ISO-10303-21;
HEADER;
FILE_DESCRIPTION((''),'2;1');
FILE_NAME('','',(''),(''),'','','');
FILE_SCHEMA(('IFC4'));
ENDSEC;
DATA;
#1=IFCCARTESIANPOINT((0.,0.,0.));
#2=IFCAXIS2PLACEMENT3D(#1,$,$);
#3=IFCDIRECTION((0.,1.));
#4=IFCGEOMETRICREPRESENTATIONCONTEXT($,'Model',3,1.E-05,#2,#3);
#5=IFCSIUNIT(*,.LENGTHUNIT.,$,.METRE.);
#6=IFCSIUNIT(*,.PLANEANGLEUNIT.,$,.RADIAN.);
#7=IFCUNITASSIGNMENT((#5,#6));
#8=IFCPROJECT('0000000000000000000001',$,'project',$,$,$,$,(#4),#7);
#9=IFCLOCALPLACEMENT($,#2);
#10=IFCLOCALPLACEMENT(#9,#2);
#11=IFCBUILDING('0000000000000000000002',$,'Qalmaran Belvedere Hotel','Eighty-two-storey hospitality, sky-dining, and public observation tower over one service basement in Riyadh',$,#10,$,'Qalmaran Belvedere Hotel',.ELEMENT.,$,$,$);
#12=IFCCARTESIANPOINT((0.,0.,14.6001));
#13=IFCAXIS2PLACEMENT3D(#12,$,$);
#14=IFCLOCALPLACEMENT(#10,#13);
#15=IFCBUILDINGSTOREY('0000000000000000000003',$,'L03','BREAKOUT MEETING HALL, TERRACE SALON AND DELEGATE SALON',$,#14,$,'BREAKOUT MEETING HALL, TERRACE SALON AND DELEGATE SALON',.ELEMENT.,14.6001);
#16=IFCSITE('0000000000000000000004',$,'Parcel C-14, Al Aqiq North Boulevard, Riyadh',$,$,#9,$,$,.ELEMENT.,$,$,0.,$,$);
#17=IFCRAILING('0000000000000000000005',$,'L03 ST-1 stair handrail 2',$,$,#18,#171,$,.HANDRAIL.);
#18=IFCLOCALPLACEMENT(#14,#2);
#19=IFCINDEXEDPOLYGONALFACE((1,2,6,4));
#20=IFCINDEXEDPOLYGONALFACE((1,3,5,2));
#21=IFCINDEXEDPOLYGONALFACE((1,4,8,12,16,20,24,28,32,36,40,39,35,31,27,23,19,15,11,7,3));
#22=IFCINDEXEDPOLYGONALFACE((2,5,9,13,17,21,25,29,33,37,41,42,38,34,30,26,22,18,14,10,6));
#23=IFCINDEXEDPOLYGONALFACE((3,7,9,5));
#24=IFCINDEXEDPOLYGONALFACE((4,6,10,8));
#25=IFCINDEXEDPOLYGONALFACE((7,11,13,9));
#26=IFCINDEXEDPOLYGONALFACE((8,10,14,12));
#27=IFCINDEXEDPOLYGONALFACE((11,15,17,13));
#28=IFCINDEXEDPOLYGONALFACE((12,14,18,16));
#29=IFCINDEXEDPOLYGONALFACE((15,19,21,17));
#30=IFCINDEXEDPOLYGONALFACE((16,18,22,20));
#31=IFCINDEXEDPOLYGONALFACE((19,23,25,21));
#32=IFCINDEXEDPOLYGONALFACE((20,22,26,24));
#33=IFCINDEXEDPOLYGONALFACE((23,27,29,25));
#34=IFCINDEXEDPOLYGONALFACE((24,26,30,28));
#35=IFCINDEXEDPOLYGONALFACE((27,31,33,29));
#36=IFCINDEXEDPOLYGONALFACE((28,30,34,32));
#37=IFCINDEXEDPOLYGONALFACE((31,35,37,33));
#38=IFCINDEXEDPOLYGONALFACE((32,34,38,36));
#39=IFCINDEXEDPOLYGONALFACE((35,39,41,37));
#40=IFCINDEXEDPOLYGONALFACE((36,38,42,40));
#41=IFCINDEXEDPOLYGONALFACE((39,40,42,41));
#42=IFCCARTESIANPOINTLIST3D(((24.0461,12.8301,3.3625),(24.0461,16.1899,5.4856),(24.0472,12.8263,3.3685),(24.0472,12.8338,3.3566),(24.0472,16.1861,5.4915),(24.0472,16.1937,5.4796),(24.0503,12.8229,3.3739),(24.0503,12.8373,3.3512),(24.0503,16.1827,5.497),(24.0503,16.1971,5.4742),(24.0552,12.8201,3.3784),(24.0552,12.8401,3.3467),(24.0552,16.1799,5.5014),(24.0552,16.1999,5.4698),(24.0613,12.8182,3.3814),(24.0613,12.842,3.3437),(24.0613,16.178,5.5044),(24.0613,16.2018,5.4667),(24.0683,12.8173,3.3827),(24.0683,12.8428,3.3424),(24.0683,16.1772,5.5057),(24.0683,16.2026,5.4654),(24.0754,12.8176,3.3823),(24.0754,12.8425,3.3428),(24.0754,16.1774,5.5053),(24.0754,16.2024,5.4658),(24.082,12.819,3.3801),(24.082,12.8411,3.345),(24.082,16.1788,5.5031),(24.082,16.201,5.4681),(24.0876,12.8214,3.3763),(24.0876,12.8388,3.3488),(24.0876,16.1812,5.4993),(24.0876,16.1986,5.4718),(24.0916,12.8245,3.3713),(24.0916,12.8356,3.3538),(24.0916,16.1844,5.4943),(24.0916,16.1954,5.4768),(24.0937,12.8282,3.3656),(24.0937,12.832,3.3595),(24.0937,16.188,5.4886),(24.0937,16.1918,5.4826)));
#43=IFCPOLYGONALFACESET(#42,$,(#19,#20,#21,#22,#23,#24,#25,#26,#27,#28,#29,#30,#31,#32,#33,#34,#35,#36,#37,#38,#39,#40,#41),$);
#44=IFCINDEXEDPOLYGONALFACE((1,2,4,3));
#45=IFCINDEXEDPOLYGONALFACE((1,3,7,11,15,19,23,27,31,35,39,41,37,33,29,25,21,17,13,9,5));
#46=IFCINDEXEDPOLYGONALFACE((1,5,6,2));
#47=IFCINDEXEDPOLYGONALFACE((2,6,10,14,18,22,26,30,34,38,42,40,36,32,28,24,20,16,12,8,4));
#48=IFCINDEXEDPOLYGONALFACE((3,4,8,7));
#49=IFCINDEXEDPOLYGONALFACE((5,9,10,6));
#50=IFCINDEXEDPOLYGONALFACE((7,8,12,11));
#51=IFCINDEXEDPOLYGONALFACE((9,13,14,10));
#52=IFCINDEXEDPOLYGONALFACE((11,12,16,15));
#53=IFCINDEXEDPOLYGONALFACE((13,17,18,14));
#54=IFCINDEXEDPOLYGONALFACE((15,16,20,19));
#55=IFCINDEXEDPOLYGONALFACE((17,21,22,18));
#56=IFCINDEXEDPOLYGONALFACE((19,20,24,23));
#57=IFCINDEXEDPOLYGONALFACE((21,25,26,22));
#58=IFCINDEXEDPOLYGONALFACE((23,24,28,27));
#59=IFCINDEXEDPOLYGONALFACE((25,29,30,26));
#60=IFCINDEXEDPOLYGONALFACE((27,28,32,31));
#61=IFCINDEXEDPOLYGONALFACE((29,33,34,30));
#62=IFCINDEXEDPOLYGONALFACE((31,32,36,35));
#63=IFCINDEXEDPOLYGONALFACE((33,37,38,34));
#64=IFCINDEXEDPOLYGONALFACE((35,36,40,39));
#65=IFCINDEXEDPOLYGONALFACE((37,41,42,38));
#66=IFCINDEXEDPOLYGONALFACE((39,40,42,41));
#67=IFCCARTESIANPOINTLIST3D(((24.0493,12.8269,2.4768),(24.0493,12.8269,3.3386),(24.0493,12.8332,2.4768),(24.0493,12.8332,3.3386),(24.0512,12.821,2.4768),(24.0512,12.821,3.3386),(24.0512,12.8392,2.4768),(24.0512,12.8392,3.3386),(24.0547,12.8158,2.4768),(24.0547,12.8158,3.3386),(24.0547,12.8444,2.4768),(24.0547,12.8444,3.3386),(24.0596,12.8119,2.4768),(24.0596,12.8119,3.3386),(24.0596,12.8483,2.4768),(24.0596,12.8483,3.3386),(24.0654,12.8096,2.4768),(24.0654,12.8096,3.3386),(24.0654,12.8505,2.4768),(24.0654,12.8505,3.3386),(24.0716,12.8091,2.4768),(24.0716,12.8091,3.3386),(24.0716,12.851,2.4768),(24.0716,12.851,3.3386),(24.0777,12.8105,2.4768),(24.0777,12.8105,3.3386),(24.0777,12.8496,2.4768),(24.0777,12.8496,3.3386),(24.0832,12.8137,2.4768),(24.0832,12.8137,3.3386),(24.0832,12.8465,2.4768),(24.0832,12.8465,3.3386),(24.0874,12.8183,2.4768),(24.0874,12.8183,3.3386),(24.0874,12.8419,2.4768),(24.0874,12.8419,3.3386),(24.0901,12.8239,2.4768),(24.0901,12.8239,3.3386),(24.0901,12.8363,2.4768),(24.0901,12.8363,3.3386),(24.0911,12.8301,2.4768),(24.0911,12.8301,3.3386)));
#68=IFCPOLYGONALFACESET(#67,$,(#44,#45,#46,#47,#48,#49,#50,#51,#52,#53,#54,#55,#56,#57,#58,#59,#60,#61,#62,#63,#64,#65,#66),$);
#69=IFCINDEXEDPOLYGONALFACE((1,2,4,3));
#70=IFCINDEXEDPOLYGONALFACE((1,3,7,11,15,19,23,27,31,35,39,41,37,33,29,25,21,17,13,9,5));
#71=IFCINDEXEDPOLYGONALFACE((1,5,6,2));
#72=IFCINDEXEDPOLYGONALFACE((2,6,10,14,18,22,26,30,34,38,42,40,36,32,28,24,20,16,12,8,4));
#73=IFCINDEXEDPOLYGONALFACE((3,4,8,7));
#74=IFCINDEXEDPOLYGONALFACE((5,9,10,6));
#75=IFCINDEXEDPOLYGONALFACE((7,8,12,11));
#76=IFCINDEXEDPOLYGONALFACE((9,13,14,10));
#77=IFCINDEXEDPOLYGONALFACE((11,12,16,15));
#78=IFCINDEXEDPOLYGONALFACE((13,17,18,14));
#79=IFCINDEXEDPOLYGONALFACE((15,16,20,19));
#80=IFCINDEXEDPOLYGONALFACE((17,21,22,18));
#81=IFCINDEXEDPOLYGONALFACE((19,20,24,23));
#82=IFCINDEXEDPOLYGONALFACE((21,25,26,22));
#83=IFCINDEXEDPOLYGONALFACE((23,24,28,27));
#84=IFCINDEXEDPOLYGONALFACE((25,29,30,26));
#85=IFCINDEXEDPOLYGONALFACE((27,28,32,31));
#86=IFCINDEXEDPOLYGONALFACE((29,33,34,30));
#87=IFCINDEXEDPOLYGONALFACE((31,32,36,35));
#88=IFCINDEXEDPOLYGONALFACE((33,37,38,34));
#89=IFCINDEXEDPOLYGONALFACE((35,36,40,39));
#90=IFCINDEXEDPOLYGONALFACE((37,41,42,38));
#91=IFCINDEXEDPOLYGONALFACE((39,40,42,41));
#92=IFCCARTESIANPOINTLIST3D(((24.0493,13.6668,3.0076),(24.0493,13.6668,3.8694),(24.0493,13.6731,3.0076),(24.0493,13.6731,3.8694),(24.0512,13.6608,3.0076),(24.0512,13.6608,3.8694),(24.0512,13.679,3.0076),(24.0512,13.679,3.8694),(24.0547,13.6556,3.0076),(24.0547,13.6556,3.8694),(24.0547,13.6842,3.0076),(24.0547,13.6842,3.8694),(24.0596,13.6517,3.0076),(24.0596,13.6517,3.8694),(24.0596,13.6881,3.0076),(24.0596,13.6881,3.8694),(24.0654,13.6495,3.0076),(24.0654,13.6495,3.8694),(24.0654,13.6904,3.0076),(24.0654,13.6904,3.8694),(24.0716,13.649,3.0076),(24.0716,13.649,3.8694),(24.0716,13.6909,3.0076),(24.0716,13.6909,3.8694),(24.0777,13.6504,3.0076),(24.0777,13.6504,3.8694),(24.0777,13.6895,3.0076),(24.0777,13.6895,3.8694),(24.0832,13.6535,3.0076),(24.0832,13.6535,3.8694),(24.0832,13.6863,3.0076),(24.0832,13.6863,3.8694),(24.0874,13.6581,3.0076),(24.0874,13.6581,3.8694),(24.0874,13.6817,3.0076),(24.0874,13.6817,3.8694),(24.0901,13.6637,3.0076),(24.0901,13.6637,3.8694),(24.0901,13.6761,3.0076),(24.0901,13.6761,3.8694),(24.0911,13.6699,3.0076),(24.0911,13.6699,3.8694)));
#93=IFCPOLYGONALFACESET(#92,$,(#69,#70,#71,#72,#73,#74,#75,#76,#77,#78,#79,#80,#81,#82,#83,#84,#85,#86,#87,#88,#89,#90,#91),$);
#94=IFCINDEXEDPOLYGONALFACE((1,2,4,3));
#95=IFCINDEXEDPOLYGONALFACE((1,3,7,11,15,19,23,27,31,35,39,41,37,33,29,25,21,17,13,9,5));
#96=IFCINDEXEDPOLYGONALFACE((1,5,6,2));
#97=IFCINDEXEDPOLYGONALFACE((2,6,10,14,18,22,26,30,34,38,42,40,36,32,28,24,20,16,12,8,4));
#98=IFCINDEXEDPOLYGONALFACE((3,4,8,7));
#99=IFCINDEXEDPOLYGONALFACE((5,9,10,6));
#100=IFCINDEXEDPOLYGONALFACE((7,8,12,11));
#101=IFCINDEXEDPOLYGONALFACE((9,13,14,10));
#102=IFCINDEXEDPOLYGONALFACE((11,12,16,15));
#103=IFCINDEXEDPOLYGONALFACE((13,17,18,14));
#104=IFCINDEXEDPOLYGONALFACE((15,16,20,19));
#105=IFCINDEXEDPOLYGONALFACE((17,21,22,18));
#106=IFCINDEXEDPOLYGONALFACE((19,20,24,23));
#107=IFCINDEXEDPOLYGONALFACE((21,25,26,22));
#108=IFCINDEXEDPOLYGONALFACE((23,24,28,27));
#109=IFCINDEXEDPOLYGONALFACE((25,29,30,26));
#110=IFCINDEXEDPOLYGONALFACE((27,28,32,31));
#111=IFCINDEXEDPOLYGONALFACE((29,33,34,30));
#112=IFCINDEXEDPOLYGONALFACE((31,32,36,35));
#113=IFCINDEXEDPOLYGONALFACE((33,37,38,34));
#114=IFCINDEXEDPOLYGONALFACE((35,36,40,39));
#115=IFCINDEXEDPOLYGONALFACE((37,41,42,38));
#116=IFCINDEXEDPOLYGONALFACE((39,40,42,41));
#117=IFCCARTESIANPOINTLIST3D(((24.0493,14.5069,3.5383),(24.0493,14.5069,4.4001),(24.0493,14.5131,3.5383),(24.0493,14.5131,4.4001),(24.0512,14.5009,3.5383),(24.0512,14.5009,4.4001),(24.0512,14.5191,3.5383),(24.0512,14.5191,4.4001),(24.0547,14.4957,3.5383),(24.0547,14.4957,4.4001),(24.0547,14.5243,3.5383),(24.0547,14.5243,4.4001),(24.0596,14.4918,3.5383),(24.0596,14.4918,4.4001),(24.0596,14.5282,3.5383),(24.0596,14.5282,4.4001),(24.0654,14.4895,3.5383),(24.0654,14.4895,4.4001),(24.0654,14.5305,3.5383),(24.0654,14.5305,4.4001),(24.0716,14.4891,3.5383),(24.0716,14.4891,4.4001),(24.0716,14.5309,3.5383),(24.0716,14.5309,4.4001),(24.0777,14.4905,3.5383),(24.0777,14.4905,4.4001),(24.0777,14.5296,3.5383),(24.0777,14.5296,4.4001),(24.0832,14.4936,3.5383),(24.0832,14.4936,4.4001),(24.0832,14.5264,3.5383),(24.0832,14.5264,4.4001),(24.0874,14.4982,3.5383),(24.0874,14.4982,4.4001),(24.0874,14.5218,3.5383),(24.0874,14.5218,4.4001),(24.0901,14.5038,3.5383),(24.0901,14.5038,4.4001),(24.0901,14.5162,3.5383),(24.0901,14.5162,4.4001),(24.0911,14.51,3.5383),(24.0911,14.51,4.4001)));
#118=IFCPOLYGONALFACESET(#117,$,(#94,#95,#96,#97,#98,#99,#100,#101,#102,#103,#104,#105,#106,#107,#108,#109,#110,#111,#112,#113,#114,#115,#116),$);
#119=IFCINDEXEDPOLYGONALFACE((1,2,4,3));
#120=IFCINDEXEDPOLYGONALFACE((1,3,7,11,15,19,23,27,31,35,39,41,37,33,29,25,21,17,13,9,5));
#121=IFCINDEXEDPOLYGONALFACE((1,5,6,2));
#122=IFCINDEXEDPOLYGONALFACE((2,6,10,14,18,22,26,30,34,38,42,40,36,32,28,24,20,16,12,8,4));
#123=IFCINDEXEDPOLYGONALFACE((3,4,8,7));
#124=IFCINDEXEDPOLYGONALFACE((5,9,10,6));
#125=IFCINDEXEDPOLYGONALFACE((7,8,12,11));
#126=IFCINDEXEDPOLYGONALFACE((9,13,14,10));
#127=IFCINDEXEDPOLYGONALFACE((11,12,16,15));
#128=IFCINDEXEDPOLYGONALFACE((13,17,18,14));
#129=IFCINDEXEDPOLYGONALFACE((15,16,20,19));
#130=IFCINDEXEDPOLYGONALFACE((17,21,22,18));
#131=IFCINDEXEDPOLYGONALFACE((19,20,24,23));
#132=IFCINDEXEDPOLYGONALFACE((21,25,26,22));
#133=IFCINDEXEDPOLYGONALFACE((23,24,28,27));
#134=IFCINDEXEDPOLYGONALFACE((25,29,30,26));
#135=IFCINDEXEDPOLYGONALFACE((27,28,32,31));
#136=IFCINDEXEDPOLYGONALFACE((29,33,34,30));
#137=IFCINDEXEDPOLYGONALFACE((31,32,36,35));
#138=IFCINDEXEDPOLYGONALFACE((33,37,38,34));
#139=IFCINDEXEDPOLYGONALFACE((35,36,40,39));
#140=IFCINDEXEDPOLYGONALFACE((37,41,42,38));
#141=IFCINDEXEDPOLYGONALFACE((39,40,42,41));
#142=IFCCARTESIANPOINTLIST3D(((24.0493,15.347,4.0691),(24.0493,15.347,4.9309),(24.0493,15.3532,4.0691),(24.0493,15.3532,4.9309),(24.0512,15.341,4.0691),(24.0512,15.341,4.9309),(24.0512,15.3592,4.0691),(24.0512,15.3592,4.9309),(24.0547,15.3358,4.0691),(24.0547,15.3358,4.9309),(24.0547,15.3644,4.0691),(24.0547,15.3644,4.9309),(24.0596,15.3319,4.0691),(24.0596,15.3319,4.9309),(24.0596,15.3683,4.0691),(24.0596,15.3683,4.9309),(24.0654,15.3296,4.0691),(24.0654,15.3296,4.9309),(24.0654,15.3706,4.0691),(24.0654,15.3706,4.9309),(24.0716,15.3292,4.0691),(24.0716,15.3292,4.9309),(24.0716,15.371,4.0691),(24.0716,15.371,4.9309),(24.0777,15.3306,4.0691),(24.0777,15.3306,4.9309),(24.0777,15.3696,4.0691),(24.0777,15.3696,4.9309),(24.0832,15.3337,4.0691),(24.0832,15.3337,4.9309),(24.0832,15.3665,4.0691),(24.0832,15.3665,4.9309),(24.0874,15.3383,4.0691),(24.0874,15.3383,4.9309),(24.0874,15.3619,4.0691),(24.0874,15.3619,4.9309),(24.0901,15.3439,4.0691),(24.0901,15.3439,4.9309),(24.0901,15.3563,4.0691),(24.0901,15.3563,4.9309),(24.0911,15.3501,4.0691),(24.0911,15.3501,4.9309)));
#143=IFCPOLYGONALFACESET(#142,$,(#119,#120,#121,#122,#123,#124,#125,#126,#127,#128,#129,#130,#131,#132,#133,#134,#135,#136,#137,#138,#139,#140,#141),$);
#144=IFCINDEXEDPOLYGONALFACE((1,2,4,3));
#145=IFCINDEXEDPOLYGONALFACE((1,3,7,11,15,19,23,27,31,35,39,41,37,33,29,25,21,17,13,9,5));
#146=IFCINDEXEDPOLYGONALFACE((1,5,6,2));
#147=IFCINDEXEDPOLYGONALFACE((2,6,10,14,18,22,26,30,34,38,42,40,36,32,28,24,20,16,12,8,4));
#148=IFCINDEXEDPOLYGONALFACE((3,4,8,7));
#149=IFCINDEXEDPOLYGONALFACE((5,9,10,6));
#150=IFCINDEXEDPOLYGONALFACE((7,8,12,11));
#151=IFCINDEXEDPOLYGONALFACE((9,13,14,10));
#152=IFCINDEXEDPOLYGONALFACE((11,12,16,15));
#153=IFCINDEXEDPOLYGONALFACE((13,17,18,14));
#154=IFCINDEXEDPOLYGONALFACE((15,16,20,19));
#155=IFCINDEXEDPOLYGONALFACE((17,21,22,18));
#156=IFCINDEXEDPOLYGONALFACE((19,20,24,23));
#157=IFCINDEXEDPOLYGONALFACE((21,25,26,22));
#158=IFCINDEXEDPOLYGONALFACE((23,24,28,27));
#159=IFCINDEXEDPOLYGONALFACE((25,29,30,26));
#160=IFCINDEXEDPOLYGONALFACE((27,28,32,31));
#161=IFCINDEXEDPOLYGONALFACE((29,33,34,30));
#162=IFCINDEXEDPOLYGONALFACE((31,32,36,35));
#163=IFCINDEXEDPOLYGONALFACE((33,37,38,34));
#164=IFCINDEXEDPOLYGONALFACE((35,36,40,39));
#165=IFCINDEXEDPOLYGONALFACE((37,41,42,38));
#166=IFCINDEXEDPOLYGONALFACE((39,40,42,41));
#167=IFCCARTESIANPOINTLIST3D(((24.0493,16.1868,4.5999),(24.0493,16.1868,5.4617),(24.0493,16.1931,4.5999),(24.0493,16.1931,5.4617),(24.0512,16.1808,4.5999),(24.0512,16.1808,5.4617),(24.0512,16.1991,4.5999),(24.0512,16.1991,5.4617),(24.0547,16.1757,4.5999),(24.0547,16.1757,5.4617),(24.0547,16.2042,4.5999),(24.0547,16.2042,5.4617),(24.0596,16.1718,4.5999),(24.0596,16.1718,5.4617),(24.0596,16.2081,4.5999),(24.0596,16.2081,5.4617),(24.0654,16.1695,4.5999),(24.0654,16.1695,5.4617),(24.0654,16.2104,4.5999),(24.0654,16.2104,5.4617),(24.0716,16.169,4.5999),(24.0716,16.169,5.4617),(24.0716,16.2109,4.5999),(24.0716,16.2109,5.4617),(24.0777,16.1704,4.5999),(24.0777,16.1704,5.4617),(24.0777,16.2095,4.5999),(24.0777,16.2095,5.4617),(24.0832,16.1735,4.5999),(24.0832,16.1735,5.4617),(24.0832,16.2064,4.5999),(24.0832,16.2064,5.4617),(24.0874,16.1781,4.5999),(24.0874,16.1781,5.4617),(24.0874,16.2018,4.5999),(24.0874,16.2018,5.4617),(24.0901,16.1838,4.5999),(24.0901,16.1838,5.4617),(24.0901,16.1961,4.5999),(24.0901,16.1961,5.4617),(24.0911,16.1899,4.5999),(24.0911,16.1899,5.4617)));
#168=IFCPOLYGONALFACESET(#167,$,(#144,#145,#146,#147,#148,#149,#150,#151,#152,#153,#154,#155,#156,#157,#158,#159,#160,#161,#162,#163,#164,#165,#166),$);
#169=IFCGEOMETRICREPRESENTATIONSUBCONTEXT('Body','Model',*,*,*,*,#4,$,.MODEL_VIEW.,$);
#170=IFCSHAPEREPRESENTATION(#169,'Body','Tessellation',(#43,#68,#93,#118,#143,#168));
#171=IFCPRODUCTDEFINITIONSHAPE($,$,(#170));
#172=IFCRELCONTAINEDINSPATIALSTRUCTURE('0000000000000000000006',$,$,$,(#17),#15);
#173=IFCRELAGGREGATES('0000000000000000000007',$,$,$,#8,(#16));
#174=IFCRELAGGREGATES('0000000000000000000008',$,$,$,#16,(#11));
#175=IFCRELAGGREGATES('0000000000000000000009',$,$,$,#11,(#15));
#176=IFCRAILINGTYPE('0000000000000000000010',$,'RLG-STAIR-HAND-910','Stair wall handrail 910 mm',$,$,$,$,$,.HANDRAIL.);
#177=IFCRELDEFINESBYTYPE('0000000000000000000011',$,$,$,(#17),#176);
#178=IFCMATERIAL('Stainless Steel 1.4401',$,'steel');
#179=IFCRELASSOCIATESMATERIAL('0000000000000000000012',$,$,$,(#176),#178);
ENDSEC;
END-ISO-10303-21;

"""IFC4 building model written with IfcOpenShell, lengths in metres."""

from ifc_helpers import new_model, si_unit, direction, frame, origin, origin_2d, place, context, subcontext, project, spatial, circle, extrude, material, type_object, element, save


model = new_model("IFC4")

# Units and contexts
model_context = context("Model", 3, precision=1e-05, world=origin(), true_north=direction((0.0, 1.0)))
body_context = subcontext(model_context, "Body", "Model", "MODEL_VIEW")
ifc_project = project(units=[si_unit("LENGTHUNIT", "METRE"), si_unit("PLANEANGLEUNIT", "RADIAN")], contexts=[model_context])

# Site, building, storey
site_placement = place(None, origin())
site = spatial("IfcSite", under=ifc_project, at=site_placement, Name="Parcel C-14, Al Aqiq North Boulevard, Riyadh", CompositionType="ELEMENT", RefElevation=0.0)
building_placement = place(site_placement, origin())
building = spatial("IfcBuilding", under=site, at=building_placement, Name="Qalmaran Belvedere Hotel", Description="Eighty-two-storey hospitality, sky-dining, and public observation tower over one service basement in Riyadh", LongName="Qalmaran Belvedere Hotel", CompositionType="ELEMENT")
storey_placement = place(building_placement, frame((0.0, 0.0, 14.6001)))
storey = spatial("IfcBuildingStorey", under=building, at=storey_placement, Name="L03", Description="BREAKOUT MEETING HALL, TERRACE SALON AND DELEGATE SALON", LongName="BREAKOUT MEETING HALL, TERRACE SALON AND DELEGATE SALON", CompositionType="ELEMENT", Elevation=14.6001)

# Shared definitions
ifc_material_1 = material(Name="Stainless Steel 1.4401", Category="steel")

# Railing
railing_type_1 = type_object("IfcRailingType", Name="RLG-STAIR-HAND-910", Description="Stair wall handrail 910 mm", PredefinedType="HANDRAIL", material=ifc_material_1)
railing_1_placement = place(storey_placement, frame((24.0701, 12.8301, 2.4768)))
element("IfcRailing", 1, at=railing_1_placement, inside=storey, type_object=railing_type_1, Name="L03 ST-1 stair handrail 2", PredefinedType="HANDRAIL", context=body_context, shape_type="SweptSolid", body=[
    extrude(circle(Radius=0.0239, at=origin_2d()), frame((0.0, 0.0, 0.8857), z_axis=(0.0, 0.845372, 0.534178), x_axis=(-1.0, 0.0, 0.0)), (0.0, 0.0, 1.0), 3.9744),
    extrude(circle(Radius=0.021, at=origin_2d()), origin(), (0.0, 0.0, 1.0), 0.8618),
    extrude(circle(Radius=0.021, at=origin_2d()), frame((0.0, 0.8398, 0.5308)), (0.0, 0.0, 1.0), 0.8618),
    extrude(circle(Radius=0.021, at=origin_2d()), frame((0.0, 1.6799, 1.0615)), (0.0, 0.0, 1.0), 0.8618),
    extrude(circle(Radius=0.021, at=origin_2d()), frame((0.0, 2.52, 1.5923)), (0.0, 0.0, 1.0), 0.8618),
    extrude(circle(Radius=0.021, at=origin_2d()), frame((0.0, 3.3599, 2.123)), (0.0, 0.0, 1.0), 0.8618),
])

save(model, "model.ifc")
